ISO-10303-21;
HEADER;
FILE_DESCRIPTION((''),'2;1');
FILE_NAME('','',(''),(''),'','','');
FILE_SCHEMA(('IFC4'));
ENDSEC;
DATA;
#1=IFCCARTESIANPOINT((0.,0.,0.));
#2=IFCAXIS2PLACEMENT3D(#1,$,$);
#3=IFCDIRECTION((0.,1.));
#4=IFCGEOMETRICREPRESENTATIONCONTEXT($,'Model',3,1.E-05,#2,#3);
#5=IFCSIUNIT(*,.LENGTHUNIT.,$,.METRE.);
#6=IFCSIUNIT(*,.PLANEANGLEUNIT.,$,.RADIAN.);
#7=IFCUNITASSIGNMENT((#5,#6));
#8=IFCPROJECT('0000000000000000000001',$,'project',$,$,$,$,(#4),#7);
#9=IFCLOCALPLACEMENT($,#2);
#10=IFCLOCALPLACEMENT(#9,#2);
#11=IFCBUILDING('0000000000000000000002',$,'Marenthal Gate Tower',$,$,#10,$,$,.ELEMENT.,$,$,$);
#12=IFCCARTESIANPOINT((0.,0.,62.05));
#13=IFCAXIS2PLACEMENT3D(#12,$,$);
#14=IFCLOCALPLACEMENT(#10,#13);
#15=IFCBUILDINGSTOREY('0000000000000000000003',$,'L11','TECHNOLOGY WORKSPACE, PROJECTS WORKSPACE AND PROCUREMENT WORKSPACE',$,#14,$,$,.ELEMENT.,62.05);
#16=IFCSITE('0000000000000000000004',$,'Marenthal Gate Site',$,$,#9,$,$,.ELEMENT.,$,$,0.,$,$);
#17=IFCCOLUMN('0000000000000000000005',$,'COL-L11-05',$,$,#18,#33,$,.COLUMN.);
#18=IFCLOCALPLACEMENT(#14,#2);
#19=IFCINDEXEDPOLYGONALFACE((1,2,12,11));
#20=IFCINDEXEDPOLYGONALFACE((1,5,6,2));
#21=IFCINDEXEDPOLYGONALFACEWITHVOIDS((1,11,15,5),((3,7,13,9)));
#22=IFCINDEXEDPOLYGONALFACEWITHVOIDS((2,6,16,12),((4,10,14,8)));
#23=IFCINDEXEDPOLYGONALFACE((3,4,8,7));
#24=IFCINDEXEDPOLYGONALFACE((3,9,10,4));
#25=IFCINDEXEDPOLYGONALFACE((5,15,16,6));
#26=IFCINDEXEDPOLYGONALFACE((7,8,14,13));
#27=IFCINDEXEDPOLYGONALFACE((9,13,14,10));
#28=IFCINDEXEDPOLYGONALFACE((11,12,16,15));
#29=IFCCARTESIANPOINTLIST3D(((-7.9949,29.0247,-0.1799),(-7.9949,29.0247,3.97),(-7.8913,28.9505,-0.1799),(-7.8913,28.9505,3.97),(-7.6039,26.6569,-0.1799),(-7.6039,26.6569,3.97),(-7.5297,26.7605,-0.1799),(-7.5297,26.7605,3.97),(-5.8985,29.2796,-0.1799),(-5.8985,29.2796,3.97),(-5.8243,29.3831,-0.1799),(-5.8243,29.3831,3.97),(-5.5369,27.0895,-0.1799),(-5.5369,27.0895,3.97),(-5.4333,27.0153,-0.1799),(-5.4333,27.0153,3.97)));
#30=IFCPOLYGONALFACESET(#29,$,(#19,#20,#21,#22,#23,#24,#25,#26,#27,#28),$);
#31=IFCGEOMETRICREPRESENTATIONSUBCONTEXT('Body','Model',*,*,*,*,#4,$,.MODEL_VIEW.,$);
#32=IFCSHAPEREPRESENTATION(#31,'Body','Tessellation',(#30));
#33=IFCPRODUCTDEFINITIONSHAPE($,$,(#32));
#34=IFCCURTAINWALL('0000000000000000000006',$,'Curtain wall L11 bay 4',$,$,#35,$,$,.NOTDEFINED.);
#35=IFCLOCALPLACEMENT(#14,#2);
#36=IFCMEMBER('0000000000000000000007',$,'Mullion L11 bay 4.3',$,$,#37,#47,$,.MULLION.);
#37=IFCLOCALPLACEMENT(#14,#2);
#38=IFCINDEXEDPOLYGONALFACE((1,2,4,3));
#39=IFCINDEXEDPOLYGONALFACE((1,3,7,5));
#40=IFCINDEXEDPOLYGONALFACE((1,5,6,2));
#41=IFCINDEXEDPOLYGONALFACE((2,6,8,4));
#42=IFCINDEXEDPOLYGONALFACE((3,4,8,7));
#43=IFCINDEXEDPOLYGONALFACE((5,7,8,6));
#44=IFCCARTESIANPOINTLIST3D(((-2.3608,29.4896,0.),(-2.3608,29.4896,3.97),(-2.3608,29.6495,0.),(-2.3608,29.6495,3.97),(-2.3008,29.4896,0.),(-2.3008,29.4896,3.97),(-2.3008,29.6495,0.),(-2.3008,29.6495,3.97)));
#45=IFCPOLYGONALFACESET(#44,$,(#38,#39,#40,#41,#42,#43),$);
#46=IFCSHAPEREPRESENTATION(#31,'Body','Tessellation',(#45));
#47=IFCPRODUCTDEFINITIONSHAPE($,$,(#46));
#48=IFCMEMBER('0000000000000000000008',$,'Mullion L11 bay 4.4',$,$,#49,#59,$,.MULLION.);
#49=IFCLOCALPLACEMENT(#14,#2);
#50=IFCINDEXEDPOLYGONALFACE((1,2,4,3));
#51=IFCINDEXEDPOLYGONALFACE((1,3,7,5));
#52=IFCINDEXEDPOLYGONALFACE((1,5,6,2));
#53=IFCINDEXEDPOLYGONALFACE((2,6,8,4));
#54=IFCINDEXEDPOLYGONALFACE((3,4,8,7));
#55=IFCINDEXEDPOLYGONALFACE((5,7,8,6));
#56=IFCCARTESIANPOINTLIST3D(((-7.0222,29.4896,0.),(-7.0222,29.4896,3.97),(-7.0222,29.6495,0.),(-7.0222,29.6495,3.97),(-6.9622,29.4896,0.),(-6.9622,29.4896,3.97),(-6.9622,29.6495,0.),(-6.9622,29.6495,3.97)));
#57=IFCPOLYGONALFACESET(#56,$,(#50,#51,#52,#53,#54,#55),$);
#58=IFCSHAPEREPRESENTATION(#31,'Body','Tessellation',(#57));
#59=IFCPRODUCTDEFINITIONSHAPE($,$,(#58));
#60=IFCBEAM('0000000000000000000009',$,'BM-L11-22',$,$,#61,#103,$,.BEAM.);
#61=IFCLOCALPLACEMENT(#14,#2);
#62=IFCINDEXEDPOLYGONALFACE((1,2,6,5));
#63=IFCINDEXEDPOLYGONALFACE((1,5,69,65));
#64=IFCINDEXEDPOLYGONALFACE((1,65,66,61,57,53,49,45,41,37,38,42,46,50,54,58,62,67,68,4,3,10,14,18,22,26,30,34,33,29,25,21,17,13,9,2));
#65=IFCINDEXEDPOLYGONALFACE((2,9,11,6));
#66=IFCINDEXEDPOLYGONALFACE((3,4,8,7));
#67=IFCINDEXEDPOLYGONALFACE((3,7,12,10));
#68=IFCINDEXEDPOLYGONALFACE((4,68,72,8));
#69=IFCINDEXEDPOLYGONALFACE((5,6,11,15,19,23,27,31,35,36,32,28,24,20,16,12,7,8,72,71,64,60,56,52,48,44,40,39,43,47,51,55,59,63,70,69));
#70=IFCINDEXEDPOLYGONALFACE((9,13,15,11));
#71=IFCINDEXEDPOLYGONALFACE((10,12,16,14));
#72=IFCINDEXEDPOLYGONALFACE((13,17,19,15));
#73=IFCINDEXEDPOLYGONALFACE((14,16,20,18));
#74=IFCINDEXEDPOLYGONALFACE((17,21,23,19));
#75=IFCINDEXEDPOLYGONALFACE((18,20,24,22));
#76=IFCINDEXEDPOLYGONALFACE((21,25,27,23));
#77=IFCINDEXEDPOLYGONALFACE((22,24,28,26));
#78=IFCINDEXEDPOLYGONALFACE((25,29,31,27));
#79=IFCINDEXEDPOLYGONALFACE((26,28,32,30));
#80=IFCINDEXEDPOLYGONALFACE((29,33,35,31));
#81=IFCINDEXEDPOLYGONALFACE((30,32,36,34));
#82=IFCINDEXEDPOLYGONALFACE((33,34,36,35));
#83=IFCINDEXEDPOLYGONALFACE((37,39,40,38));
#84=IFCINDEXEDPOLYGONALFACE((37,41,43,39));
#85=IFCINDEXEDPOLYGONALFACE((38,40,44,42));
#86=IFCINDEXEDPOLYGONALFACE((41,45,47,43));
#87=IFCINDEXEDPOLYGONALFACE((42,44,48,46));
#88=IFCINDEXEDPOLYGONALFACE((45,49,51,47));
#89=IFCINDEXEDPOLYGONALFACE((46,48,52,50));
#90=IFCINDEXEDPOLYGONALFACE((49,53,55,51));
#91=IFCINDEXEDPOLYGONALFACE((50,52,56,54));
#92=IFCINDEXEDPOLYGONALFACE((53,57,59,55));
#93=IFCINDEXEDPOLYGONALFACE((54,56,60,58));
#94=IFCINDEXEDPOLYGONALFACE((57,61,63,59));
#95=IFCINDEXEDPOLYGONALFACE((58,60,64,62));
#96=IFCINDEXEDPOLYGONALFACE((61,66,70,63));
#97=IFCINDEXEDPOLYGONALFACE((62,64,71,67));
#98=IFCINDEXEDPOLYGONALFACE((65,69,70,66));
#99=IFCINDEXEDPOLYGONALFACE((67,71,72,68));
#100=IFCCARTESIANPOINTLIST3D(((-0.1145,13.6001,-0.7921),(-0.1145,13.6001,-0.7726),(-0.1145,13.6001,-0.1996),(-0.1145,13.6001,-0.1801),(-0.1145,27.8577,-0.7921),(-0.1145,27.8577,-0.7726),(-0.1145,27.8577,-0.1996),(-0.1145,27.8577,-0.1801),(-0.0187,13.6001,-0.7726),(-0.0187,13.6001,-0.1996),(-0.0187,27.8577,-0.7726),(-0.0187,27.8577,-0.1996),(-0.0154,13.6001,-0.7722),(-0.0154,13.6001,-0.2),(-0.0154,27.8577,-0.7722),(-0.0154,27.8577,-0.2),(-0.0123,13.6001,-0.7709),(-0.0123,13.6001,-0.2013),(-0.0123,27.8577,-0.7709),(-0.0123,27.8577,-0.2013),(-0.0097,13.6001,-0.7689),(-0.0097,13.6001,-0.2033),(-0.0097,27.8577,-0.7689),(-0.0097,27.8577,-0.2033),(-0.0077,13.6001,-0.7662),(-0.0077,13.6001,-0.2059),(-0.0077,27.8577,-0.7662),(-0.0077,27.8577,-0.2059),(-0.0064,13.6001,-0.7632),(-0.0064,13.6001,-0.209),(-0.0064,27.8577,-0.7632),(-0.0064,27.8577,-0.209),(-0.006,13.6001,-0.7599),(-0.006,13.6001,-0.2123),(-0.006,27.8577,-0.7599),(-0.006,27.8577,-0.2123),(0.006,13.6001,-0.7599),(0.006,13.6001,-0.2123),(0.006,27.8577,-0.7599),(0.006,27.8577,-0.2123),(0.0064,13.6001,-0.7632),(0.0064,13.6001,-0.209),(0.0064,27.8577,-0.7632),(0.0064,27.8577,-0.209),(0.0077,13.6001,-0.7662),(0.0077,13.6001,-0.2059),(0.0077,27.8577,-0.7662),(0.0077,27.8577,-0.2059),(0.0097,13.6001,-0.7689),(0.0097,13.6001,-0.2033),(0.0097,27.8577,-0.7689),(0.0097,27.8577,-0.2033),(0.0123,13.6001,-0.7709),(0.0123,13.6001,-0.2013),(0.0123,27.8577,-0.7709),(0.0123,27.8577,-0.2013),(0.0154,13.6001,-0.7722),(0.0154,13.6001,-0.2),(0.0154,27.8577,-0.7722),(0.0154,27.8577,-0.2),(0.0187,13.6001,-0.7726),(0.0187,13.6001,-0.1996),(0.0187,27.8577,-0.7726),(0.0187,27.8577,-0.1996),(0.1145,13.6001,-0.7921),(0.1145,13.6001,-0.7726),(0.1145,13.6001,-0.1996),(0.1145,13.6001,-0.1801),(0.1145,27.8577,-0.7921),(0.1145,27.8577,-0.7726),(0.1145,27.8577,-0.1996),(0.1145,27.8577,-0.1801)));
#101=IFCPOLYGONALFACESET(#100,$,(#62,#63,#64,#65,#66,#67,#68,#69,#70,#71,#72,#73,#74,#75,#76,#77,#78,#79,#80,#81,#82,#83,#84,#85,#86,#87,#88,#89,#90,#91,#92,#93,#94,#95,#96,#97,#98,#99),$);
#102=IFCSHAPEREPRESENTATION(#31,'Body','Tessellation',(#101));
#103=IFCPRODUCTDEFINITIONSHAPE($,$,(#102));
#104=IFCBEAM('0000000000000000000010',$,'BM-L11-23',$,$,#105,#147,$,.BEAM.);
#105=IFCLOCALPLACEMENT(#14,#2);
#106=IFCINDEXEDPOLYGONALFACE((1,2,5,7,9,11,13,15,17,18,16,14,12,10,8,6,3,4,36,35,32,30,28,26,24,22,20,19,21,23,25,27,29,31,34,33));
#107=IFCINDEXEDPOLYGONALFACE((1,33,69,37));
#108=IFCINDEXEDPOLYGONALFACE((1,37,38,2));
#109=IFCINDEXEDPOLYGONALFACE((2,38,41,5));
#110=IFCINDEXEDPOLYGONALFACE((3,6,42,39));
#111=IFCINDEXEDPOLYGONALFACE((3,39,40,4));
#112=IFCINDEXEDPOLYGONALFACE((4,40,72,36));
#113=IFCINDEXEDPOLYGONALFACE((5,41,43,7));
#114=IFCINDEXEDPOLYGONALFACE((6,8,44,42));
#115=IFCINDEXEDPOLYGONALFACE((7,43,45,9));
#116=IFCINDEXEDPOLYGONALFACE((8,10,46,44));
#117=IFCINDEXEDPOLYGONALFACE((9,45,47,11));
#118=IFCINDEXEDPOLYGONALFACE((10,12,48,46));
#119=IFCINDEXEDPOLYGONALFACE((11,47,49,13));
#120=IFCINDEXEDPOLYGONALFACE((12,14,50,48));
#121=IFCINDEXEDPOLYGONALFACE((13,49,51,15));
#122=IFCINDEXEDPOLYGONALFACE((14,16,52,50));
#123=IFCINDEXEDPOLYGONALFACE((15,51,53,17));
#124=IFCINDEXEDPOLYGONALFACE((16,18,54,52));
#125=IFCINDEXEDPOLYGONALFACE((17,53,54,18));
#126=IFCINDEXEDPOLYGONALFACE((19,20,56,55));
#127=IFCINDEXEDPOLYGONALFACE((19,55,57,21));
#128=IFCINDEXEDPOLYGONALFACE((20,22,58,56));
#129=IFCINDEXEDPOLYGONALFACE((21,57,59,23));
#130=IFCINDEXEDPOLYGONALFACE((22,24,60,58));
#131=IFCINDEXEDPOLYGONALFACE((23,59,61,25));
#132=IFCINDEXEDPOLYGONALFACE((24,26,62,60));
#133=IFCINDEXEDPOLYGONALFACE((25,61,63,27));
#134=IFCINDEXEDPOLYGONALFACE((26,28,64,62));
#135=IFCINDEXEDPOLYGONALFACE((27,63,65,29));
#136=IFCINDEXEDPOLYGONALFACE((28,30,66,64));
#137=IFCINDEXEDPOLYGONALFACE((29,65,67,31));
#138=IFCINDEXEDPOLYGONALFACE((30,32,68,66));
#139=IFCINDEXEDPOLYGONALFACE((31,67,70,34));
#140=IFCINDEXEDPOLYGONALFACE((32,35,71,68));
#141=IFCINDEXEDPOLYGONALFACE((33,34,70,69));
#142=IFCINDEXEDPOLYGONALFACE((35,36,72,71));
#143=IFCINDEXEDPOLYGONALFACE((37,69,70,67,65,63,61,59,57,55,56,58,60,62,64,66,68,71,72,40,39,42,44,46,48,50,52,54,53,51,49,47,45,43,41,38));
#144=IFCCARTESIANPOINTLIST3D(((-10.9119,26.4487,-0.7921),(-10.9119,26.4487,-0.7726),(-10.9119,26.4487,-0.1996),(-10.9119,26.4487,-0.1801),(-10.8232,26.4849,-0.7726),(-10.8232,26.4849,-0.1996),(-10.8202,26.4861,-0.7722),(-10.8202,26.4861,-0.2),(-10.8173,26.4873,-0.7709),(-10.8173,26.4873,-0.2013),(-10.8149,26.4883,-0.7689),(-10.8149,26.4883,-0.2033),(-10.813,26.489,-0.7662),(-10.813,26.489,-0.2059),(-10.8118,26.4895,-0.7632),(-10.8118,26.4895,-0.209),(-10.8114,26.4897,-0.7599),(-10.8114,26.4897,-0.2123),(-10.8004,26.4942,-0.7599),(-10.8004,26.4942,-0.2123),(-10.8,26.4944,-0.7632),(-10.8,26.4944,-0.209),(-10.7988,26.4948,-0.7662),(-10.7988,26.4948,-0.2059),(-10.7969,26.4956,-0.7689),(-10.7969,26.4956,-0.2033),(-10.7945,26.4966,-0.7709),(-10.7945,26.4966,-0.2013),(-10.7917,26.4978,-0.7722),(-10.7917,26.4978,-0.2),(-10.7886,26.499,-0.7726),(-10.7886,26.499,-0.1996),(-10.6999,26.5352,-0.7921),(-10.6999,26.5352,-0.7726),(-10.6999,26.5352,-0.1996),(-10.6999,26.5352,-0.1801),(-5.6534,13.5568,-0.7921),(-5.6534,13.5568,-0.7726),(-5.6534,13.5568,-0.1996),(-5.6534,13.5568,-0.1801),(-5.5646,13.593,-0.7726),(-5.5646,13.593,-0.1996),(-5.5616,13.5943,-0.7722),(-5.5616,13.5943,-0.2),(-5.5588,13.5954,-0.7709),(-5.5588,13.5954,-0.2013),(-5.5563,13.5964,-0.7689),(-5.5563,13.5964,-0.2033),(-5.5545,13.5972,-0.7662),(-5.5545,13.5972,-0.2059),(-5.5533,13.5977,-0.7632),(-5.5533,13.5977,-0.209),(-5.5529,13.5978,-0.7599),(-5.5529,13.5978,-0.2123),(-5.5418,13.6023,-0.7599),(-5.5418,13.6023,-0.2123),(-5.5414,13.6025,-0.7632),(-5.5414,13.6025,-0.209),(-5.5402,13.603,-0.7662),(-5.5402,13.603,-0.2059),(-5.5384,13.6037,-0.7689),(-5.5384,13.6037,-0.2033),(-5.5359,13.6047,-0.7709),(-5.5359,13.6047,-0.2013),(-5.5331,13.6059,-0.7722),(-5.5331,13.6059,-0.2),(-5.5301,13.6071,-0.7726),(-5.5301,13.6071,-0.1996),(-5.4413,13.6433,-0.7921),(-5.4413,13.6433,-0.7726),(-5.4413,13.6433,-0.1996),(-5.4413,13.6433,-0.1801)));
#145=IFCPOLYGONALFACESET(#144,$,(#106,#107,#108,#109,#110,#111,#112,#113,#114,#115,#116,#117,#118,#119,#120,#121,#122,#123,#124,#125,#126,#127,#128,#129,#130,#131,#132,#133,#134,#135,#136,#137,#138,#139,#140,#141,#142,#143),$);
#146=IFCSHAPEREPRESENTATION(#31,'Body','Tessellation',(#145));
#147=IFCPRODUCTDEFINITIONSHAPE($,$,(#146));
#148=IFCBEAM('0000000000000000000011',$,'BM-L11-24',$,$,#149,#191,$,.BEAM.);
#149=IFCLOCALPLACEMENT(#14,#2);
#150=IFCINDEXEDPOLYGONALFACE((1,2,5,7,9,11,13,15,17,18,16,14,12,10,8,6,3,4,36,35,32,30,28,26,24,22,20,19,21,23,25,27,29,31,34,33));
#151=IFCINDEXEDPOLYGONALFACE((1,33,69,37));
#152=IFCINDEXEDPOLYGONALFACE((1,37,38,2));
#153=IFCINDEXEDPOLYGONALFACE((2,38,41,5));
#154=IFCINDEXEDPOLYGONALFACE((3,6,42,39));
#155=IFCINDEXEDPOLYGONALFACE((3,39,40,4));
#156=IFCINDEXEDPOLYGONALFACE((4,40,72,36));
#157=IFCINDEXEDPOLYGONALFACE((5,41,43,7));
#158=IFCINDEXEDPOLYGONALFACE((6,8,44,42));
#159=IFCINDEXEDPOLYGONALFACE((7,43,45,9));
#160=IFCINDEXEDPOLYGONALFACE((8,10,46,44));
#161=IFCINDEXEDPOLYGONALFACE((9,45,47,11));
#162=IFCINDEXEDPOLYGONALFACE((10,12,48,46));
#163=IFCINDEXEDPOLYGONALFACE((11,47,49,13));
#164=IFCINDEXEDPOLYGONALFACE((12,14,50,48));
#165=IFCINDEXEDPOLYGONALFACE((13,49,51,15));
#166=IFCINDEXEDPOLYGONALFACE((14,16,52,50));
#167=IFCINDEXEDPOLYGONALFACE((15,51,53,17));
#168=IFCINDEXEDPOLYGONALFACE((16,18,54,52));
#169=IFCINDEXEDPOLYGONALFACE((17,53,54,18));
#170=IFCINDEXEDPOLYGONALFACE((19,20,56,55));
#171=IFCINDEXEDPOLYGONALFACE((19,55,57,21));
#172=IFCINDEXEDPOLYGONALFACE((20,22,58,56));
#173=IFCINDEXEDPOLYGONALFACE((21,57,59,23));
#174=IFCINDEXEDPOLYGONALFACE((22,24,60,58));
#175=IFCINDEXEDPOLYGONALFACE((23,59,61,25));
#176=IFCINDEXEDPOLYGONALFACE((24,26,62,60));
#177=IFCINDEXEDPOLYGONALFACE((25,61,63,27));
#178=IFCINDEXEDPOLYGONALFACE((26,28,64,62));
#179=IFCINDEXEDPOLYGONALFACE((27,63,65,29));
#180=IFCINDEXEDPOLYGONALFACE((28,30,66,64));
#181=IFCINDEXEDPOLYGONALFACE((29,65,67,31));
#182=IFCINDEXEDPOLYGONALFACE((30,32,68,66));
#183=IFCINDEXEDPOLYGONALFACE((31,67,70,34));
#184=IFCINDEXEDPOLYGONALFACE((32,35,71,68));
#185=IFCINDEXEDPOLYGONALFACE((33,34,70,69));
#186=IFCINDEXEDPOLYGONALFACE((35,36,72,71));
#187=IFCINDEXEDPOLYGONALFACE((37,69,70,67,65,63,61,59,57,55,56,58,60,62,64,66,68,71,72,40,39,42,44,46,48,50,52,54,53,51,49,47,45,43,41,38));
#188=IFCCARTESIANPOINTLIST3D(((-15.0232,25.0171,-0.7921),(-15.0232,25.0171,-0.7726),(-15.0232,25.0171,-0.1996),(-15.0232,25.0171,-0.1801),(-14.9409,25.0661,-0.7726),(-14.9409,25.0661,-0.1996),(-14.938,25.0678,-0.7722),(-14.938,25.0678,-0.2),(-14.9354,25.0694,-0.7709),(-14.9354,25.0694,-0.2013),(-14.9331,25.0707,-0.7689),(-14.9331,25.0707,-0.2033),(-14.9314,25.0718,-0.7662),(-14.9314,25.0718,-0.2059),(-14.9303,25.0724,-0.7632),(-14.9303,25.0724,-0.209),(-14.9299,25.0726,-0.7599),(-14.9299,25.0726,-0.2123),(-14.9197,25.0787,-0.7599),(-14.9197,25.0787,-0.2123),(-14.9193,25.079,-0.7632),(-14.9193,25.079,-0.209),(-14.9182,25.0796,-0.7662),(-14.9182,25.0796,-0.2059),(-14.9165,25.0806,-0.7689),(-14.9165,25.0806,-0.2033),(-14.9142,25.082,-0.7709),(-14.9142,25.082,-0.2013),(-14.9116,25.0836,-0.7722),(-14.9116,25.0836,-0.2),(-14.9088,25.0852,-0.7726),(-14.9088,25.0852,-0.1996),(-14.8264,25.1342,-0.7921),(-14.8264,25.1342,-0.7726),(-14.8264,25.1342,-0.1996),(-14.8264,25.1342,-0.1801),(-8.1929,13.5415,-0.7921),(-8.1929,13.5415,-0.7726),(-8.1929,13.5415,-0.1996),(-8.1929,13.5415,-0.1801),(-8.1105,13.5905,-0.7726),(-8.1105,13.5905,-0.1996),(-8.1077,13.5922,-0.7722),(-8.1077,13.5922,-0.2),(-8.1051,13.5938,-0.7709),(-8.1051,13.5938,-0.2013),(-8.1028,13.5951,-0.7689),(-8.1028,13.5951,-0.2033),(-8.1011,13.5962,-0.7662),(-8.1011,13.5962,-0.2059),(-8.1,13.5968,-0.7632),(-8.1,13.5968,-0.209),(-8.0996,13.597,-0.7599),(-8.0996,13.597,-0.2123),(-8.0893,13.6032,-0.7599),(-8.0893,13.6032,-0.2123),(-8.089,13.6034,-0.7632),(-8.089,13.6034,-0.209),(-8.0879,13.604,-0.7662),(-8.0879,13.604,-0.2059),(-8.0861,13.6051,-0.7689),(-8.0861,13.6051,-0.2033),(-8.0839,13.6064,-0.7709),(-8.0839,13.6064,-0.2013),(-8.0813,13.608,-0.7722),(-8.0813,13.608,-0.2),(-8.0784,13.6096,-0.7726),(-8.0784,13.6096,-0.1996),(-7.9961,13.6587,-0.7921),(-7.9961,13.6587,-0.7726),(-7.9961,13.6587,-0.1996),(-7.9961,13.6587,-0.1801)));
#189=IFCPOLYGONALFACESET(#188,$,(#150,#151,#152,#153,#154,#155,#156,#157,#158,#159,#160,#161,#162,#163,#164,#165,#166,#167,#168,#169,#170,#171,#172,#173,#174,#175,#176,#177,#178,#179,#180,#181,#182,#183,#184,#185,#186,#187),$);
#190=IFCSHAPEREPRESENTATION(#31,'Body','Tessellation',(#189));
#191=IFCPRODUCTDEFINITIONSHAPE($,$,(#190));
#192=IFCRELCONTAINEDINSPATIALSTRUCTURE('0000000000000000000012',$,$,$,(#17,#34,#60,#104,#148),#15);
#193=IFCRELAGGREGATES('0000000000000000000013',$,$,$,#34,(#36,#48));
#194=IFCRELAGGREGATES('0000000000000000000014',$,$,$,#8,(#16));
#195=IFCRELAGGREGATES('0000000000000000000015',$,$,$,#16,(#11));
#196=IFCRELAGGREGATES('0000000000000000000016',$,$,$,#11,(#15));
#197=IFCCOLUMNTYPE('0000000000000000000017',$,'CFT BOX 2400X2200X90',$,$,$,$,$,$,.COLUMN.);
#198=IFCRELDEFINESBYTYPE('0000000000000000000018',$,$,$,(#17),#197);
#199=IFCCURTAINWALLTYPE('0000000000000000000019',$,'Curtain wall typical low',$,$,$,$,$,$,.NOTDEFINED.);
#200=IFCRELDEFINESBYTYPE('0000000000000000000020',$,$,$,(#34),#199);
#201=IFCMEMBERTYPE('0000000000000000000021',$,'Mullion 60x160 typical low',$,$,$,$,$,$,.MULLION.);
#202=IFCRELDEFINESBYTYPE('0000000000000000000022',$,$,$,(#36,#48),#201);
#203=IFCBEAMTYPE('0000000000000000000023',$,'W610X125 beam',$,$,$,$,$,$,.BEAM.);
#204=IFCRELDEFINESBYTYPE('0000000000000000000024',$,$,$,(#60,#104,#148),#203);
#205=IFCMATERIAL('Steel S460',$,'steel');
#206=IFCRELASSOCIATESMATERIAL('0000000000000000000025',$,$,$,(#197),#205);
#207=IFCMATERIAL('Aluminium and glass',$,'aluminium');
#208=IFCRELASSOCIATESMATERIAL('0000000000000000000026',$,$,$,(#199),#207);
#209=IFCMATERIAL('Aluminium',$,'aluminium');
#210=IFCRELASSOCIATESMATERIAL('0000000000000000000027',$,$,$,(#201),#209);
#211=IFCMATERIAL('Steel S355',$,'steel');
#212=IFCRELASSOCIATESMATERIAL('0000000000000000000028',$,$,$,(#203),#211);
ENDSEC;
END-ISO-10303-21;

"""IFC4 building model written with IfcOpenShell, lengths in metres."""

from ifc_helpers import new_model, si_unit, direction, frame, origin, origin_2d, place, context, subcontext, project, spatial, rectangle, hollow_rectangle, i_section, extrude, material, material_profile, profile_set, type_object, element, aggregate, save


model = new_model("IFC4")

# Units and contexts
model_context = context("Model", 3, precision=1e-05, world=origin(), true_north=direction((0.0, 1.0)))
body_context = subcontext(model_context, "Body", "Model", "MODEL_VIEW")
ifc_project = project(units=[si_unit("LENGTHUNIT", "METRE"), si_unit("PLANEANGLEUNIT", "RADIAN")], contexts=[model_context])

# Site, building, storey
site_placement = place(None, origin())
site = spatial("IfcSite", under=ifc_project, at=site_placement, Name="Marenthal Gate Site", CompositionType="ELEMENT", RefElevation=0.0)
building_placement = place(site_placement, origin())
building = spatial("IfcBuilding", under=site, at=building_placement, Name="Marenthal Gate Tower", CompositionType="ELEMENT")
storey_placement = place(building_placement, frame((0.0, 0.0, 62.05)))
storey = spatial("IfcBuildingStorey", under=building, at=storey_placement, Name="L11", Description="TECHNOLOGY WORKSPACE, PROJECTS WORKSPACE AND PROCUREMENT WORKSPACE", CompositionType="ELEMENT", Elevation=62.05)

# Column
ifc_material_1 = material(Name="Steel S460", Category="steel")
ifc_material_profile_1 = material_profile(ifc_material_1, hollow_rectangle(XDim=2.2, YDim=2.3999, WallThickness=0.0901, at=origin_2d()), Name="CFT BOX 2400X2200X90")
ifc_material_2 = material(Name="Concrete 70 MPa", Category="concrete")
ifc_material_profile_2 = material_profile(ifc_material_2, rectangle(XDim=2.02, YDim=2.22, at=origin_2d()), Name="CFT BOX 2400X2200X90 INFILL")
ifc_profile_set_1 = profile_set([ifc_material_profile_1, ifc_material_profile_2], Name="Steel S460 shell, Concrete 70 MPa infill")
column_type = type_object("IfcColumnType", Name="CFT BOX 2400X2200X90", PredefinedType="COLUMN", material=ifc_profile_set_1)
column_placement = place(storey_placement, frame((-6.7141, 28.02, -0.1799), z_axis=(0.0, 0.0, 1.0), x_axis=(0.98664, 0.162918, 0.0)))
element("IfcColumn", 1, at=column_placement, inside=storey, type_object=column_type, Name="COL-L11-05", PredefinedType="COLUMN", context=body_context, shape_type="SweptSolid", body=[
    extrude(hollow_rectangle(XDim=2.2, YDim=2.3999, WallThickness=0.0901, at=origin_2d()), origin(), (0.0, 0.0, 1.0), 4.1499),
])

# Curtain wall, members
ifc_material_3 = material(Name="Aluminium and glass", Category="aluminium")
curtain_wall_type = type_object("IfcCurtainWallType", Name="Curtain wall typical low", PredefinedType="NOTDEFINED", material=ifc_material_3)
curtain_wall_placement = place(storey_placement, origin())
curtain_wall = element("IfcCurtainWall", 2, at=curtain_wall_placement, inside=storey, type_object=curtain_wall_type, Name="Curtain wall L11 bay 4", PredefinedType="NOTDEFINED")
ifc_material_4 = material(Name="Aluminium", Category="aluminium")
ifc_material_profile_3 = material_profile(ifc_material_4, rectangle(XDim=0.1599, YDim=0.0601, at=origin_2d()), Name="60x160 aluminium mullion")
ifc_profile_set_2 = profile_set([ifc_material_profile_3], Name="Aluminium")
member_type = type_object("IfcMemberType", Name="Mullion 60x160 typical low", PredefinedType="MULLION", material=ifc_profile_set_2)
member_1_placement = place(storey_placement, frame((-2.3308, 29.5696, 0.0), z_axis=(0.0, 0.0, 1.0), x_axis=(0.0, -1.0, 0.0)))
member_1 = element("IfcMember", 3, at=member_1_placement, type_object=member_type, Name="Mullion L11 bay 4.3", PredefinedType="MULLION", context=body_context, shape_type="SweptSolid", body=[
    extrude(rectangle(XDim=0.1599, YDim=0.0601, at=origin_2d()), origin(), (0.0, 0.0, 1.0), 3.97),
])
member_2_placement = place(storey_placement, frame((-6.9922, 29.5696, 0.0), z_axis=(0.0, 0.0, 1.0), x_axis=(0.0, -1.0, 0.0)))
member_2 = element("IfcMember", 4, at=member_2_placement, type_object=member_type, Name="Mullion L11 bay 4.4", PredefinedType="MULLION", context=body_context, shape_type="SweptSolid", body=[
    extrude(rectangle(XDim=0.1599, YDim=0.0601, at=origin_2d()), origin(), (0.0, 0.0, 1.0), 3.97),
])

# Beams
ifc_material_5 = material(Name="Steel S355", Category="steel")
ifc_material_profile_4 = material_profile(ifc_material_5, i_section(OverallWidth=0.229, OverallDepth=0.6121, WebThickness=0.012, FlangeThickness=0.0195, FilletRadius=0.0127, at=origin_2d()), Name="W610X125")
ifc_profile_set_3 = profile_set([ifc_material_profile_4], Name="Steel S355")
beam_type_1 = type_object("IfcBeamType", Name="W610X125 beam", PredefinedType="BEAM", material=ifc_profile_set_3)
beam_1_placement = place(storey_placement, frame((0.0, 27.8577, -0.4861), z_axis=(0.0, -1.0, 0.0), x_axis=(1.0, 0.0, 0.0)))
element("IfcBeam", 5, at=beam_1_placement, inside=storey, type_object=beam_type_1, Name="BM-L11-22", PredefinedType="BEAM", context=body_context, shape_type="SweptSolid", body=[
    extrude(i_section(OverallWidth=0.229, OverallDepth=0.6121, WebThickness=0.012, FlangeThickness=0.0195, FilletRadius=0.0127, at=origin_2d()), origin(), (0.0, 0.0, 1.0), 14.2576),
])
beam_2_placement = place(storey_placement, frame((-10.8059, 26.4919, -0.4861), z_axis=(0.377686, -0.925934, 0.0), x_axis=(0.925934, 0.377686, 0.0)))
element("IfcBeam", 6, at=beam_2_placement, inside=storey, type_object=beam_type_1, Name="BM-L11-23", PredefinedType="BEAM", context=body_context, shape_type="SweptSolid", body=[
    extrude(i_section(OverallWidth=0.229, OverallDepth=0.6121, WebThickness=0.012, FlangeThickness=0.0195, FilletRadius=0.0127, at=origin_2d()), origin(), (0.0, 0.0, 1.0), 13.9231),
])
beam_3_placement = place(storey_placement, frame((-14.9248, 25.0757, -0.4861), z_axis=(0.511463, -0.859306, 0.0), x_axis=(0.859306, 0.511463, 0.0)))
element("IfcBeam", 7, at=beam_3_placement, inside=storey, type_object=beam_type_1, Name="BM-L11-24", PredefinedType="BEAM", context=body_context, shape_type="SweptSolid", body=[
    extrude(i_section(OverallWidth=0.229, OverallDepth=0.6121, WebThickness=0.012, FlangeThickness=0.0195, FilletRadius=0.0127, at=origin_2d()), origin(), (0.0, 0.0, 1.0), 13.3545),
])

aggregate(curtain_wall, [member_1, member_2])

save(model, "model.ifc")
